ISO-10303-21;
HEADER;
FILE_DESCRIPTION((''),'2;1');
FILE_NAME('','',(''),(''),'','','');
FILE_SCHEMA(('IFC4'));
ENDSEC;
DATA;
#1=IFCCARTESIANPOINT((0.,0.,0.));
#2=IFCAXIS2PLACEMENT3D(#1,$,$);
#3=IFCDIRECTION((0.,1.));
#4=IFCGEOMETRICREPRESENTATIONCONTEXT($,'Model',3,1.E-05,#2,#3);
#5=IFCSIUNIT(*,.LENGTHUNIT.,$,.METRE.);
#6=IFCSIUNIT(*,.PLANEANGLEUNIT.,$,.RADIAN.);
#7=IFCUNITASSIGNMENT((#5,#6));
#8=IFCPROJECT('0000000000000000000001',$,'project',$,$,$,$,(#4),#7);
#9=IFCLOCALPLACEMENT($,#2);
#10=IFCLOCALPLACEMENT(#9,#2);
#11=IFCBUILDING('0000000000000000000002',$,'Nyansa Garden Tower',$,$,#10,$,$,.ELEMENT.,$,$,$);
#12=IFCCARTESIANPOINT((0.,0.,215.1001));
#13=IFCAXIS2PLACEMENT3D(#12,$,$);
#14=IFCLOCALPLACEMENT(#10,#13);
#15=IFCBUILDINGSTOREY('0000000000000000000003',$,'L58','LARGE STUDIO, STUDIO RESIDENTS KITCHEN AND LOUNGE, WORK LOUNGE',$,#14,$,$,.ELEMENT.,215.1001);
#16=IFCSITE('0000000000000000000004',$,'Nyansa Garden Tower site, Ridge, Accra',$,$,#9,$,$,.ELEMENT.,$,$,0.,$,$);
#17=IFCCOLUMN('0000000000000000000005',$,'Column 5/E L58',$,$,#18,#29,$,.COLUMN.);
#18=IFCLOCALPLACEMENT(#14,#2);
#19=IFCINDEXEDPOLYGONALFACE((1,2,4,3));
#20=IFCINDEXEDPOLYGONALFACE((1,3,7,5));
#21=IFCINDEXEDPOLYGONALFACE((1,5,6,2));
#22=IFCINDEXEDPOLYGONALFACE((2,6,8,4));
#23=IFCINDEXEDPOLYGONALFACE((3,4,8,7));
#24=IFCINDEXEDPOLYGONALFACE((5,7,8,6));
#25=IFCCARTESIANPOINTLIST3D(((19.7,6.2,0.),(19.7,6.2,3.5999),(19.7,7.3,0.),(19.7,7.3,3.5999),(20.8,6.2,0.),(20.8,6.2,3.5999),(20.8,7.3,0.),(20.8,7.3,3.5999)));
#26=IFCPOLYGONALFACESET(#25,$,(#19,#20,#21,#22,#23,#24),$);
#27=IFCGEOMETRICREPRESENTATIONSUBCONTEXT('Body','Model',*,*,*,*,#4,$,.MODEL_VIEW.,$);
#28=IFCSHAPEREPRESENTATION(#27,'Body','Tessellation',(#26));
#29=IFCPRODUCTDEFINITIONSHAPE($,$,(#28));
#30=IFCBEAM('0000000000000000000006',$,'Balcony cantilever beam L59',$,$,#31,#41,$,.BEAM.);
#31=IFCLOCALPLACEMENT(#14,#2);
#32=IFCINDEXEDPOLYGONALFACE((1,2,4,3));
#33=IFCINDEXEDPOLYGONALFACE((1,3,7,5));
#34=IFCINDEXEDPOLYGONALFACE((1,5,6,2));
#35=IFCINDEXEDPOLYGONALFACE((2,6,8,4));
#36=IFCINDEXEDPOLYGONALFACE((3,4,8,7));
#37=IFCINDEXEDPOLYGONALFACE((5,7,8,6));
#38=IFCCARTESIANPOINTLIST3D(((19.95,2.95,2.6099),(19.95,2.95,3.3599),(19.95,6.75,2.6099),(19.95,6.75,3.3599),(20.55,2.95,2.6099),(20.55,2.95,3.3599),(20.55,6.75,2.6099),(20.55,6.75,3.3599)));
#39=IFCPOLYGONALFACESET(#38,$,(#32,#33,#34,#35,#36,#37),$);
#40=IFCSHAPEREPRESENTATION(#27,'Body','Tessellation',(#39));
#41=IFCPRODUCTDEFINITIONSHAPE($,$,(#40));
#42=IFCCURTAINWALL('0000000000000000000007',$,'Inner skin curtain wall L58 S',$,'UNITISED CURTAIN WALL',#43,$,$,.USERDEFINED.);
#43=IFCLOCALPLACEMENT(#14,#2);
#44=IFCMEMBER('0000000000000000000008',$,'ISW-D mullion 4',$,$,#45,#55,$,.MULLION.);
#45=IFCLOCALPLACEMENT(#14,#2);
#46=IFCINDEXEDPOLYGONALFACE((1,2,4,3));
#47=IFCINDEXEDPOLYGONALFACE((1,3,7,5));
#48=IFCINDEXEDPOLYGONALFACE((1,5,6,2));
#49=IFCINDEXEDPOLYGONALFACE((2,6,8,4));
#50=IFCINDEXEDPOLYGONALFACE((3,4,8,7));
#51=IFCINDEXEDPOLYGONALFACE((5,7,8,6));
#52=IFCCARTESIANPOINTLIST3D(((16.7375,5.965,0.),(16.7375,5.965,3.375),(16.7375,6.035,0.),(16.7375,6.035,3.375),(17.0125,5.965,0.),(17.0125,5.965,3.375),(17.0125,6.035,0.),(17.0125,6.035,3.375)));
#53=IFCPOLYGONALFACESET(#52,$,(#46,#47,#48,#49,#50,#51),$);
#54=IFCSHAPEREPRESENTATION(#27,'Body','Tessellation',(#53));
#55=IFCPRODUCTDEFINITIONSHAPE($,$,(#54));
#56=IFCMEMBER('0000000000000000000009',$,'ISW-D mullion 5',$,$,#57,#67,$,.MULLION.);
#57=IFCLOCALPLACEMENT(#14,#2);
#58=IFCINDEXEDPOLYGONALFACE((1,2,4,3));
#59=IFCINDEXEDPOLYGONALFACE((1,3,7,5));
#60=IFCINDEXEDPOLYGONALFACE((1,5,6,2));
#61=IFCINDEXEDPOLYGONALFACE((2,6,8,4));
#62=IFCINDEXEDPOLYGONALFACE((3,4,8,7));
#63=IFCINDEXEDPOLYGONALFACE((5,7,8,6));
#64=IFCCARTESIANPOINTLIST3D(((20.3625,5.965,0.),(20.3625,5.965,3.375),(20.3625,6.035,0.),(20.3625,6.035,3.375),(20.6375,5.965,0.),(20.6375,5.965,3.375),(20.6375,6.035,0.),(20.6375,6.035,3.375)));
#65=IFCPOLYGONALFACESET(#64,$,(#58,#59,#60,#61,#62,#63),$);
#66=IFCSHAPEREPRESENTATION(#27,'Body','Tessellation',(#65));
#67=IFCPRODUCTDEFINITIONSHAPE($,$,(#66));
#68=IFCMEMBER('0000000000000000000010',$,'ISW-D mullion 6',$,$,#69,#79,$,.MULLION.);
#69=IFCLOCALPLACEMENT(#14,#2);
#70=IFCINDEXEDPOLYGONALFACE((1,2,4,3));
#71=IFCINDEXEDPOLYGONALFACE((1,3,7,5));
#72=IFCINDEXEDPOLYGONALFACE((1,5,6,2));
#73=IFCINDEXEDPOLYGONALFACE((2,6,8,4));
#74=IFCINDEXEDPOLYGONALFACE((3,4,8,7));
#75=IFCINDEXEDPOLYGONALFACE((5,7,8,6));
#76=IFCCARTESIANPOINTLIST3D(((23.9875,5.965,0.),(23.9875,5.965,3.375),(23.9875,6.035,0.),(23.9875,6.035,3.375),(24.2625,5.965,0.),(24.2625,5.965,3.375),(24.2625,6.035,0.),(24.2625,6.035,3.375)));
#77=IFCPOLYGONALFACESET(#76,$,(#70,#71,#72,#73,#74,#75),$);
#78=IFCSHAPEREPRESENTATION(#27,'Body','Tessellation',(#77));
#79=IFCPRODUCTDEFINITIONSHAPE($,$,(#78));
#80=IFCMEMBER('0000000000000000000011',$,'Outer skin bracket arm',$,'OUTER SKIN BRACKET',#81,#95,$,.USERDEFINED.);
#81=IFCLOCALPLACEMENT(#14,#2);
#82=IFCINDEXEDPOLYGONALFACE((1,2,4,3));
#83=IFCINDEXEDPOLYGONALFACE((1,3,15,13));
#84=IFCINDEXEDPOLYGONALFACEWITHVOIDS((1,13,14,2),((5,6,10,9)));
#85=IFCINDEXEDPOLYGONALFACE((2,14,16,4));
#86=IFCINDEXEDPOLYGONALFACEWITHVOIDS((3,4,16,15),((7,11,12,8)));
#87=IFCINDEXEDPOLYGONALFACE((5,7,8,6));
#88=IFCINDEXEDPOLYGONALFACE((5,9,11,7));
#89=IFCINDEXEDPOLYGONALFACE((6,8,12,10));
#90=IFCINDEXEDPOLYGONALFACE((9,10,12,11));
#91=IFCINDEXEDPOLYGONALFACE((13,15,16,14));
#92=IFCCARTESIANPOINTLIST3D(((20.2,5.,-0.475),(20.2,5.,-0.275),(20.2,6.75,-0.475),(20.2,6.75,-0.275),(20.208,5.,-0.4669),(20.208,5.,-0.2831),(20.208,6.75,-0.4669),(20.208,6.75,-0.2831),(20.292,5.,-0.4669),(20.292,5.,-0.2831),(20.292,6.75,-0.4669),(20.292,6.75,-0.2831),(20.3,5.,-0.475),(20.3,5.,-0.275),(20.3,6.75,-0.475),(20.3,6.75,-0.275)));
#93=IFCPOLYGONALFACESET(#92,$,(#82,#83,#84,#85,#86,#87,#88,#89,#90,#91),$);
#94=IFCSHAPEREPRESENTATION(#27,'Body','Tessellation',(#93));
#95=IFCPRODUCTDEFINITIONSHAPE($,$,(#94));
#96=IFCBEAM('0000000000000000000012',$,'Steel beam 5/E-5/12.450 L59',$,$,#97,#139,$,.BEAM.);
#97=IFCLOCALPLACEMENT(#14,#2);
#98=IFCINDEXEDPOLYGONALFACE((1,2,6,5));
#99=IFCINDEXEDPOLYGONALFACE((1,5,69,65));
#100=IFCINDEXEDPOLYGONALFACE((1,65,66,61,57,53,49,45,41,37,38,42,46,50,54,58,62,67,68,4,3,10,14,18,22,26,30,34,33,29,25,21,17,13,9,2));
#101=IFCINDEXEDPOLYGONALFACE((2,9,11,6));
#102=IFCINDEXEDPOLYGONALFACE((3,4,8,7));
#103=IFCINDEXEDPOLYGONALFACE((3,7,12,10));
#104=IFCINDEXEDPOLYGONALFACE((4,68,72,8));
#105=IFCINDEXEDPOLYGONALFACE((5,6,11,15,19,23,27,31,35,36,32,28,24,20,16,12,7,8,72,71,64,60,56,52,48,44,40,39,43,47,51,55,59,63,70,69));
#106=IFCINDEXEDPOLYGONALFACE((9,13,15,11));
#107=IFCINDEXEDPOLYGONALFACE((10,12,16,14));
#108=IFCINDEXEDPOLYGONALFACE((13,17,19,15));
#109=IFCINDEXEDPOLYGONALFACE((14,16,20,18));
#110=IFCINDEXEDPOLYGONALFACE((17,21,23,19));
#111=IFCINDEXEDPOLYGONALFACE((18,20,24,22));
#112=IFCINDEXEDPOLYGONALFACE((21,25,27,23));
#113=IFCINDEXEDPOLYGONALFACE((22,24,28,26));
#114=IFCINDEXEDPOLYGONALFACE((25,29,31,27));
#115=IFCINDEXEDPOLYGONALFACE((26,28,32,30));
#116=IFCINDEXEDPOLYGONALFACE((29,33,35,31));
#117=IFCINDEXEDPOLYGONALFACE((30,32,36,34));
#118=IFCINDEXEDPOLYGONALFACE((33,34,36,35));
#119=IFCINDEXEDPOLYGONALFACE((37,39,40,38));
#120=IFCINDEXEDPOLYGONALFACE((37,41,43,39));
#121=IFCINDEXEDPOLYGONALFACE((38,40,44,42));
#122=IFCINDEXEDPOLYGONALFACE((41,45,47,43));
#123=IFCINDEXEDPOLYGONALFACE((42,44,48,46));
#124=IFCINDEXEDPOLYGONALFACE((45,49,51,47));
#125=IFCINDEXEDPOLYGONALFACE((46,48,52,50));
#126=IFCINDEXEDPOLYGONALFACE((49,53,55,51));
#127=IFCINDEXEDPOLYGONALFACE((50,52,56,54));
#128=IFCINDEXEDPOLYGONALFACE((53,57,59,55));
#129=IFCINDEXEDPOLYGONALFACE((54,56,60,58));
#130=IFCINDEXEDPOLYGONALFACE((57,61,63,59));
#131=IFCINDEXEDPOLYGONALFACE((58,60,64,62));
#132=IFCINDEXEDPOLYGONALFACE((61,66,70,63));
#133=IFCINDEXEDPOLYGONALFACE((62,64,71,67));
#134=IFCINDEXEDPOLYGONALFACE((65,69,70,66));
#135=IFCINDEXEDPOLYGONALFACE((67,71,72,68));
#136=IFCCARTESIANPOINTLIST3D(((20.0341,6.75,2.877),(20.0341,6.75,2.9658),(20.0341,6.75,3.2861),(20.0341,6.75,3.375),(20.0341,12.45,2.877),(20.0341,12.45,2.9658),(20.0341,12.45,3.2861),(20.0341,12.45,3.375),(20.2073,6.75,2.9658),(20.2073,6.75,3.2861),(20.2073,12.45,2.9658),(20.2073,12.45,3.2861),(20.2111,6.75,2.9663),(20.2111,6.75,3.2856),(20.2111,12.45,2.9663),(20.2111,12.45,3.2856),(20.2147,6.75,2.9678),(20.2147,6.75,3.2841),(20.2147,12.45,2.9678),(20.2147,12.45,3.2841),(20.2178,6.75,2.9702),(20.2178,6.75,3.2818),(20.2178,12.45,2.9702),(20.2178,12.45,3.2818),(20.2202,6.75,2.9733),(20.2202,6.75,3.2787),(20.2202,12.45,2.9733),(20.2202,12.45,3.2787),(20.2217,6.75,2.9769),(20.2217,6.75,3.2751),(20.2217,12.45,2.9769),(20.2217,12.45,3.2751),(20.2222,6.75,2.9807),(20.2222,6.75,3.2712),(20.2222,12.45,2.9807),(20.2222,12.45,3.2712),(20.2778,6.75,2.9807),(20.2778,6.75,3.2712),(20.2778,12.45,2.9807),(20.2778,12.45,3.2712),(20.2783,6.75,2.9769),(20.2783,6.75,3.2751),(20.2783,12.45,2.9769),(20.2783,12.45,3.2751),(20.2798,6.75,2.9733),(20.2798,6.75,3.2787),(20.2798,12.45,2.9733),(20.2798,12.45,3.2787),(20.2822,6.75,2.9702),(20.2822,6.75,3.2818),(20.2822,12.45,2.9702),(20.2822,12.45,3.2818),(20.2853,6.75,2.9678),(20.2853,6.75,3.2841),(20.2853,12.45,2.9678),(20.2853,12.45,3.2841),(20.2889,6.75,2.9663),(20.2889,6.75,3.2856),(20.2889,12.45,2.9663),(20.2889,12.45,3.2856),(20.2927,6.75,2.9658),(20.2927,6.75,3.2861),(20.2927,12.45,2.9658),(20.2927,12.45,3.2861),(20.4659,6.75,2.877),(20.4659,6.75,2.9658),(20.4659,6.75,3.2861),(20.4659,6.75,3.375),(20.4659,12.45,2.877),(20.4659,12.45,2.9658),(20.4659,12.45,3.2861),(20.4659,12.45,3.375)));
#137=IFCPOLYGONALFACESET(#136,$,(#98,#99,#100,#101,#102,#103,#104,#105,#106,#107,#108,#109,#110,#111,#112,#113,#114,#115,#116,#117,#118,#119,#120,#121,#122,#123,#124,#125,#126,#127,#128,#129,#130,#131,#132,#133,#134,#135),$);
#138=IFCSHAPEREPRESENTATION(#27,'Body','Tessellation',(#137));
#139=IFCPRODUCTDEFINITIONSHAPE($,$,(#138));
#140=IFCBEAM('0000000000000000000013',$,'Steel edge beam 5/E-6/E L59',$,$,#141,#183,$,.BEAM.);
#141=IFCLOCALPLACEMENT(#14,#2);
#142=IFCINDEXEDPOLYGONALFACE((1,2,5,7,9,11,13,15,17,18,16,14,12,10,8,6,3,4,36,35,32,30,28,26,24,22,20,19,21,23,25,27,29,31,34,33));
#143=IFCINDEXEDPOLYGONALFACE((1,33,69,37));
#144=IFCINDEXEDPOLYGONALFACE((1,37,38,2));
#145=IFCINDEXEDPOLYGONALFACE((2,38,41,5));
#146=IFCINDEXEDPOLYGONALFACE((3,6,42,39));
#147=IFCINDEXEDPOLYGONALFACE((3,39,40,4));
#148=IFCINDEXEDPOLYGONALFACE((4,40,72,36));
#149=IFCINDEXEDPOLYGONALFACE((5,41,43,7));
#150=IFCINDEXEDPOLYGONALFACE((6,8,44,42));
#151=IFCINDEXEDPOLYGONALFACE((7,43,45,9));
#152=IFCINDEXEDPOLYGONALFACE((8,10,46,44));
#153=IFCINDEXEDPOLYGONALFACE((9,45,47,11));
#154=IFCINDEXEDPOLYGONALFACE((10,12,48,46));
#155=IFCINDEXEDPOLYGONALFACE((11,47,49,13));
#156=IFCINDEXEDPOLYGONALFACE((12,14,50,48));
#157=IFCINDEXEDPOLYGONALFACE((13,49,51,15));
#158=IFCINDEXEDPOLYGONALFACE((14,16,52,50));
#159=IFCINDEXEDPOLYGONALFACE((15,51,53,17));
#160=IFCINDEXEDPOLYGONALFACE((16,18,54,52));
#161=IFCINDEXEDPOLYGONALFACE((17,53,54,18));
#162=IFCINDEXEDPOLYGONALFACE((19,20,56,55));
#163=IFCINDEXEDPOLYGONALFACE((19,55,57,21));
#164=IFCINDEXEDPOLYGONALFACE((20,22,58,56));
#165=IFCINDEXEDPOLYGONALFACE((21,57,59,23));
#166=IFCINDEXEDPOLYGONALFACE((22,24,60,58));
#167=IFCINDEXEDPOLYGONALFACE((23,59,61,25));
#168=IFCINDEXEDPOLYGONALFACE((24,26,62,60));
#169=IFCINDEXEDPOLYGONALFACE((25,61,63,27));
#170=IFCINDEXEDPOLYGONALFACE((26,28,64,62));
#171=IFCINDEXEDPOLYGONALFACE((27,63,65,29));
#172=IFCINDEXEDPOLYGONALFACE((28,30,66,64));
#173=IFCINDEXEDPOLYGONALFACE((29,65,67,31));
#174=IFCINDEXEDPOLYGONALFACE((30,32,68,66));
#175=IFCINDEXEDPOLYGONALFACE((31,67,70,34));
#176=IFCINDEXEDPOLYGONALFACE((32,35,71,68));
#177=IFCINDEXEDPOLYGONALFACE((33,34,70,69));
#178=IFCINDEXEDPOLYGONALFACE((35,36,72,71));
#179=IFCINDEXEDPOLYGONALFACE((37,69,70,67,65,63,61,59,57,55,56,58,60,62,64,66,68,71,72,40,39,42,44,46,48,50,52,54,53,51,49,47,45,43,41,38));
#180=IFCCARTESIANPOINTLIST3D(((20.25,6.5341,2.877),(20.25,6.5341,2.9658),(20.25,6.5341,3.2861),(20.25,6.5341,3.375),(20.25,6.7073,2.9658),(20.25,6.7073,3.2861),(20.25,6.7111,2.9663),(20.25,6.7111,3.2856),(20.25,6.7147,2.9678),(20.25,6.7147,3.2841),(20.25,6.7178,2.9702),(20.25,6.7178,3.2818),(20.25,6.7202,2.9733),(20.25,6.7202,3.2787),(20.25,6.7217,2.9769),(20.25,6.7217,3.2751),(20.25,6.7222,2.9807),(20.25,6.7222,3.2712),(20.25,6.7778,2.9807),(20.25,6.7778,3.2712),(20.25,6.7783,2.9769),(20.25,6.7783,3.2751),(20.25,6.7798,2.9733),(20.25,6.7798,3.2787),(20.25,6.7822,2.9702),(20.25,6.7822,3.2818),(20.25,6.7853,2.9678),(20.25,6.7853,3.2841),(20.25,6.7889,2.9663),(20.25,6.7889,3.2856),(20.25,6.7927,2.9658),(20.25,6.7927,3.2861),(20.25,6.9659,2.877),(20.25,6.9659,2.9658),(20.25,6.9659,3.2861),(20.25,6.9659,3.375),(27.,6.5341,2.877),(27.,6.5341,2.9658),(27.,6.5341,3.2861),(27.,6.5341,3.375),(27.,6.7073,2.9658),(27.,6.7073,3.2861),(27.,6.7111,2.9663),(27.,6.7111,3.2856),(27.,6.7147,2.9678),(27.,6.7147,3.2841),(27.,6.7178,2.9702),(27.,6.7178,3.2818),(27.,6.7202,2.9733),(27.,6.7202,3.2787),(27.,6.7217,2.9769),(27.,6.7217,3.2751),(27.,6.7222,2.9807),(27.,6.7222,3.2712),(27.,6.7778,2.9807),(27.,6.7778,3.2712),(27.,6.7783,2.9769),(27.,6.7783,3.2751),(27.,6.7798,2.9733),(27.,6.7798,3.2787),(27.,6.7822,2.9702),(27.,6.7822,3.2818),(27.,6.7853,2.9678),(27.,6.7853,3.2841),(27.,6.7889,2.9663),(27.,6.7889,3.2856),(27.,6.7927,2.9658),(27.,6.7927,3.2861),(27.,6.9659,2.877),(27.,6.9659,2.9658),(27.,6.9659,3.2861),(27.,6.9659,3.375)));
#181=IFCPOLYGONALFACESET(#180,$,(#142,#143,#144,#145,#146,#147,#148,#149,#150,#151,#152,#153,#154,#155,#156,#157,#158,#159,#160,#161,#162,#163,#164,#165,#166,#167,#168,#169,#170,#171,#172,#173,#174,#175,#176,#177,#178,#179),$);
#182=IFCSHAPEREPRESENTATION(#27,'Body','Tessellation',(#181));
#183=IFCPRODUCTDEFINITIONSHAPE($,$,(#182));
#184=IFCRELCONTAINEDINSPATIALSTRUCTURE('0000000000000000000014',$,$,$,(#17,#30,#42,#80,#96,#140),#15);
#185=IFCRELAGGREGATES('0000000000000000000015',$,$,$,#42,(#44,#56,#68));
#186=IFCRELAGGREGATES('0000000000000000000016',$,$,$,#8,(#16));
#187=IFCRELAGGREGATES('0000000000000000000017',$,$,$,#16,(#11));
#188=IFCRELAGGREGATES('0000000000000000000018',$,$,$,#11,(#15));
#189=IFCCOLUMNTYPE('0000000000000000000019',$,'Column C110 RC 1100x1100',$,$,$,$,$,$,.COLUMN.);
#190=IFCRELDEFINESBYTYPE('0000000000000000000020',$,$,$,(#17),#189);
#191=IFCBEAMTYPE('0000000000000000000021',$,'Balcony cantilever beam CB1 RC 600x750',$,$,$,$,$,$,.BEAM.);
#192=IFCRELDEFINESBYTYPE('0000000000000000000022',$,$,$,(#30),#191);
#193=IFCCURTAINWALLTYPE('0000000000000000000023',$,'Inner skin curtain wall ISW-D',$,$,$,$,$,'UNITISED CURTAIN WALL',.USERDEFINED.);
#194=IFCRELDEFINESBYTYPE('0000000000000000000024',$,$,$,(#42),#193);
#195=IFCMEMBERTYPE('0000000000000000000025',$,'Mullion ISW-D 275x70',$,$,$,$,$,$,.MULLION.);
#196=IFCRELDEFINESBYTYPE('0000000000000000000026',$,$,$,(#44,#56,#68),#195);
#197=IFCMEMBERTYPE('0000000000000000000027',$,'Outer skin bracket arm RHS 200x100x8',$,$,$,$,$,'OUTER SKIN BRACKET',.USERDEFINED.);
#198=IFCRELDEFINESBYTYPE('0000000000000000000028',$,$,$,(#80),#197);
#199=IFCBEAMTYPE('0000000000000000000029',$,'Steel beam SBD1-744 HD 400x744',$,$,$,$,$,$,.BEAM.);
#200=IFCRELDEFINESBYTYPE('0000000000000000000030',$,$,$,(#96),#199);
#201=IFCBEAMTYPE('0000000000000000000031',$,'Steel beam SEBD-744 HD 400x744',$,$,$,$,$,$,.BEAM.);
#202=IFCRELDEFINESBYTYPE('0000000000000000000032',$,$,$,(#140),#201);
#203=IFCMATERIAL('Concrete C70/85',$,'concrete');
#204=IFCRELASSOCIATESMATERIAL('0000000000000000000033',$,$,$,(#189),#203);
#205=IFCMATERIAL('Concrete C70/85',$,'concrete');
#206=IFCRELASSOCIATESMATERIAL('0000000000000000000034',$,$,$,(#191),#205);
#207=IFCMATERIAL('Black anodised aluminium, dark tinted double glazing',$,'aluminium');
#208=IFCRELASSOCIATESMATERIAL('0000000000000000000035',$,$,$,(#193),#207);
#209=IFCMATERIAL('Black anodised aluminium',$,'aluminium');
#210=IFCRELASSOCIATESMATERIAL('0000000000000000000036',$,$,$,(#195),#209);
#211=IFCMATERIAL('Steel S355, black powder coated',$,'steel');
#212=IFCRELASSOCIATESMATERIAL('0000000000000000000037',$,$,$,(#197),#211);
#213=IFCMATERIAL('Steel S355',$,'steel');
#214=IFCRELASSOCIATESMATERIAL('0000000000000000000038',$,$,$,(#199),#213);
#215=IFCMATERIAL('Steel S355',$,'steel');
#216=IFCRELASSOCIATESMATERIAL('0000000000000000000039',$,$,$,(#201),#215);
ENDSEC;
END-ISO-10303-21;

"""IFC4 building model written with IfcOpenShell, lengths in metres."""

from ifc_helpers import new_model, si_unit, direction, frame, origin, origin_2d, place, context, subcontext, project, spatial, rectangle, hollow_rectangle, i_section, extrude, material, material_profile, profile_set, type_object, element, aggregate, save


model = new_model("IFC4")

# Units and contexts
model_context = context("Model", 3, precision=1e-05, world=origin(), true_north=direction((0.0, 1.0)))
body_context = subcontext(model_context, "Body", "Model", "MODEL_VIEW")
ifc_project = project(units=[si_unit("LENGTHUNIT", "METRE"), si_unit("PLANEANGLEUNIT", "RADIAN")], contexts=[model_context])

# Site, building, storey
site_placement = place(None, origin())
site = spatial("IfcSite", under=ifc_project, at=site_placement, Name="Nyansa Garden Tower site, Ridge, Accra", CompositionType="ELEMENT", RefElevation=0.0)
building_placement = place(site_placement, origin())
building = spatial("IfcBuilding", under=site, at=building_placement, Name="Nyansa Garden Tower", CompositionType="ELEMENT")
storey_placement = place(building_placement, frame((0.0, 0.0, 215.1001)))
storey = spatial("IfcBuildingStorey", under=building, at=storey_placement, Name="L58", Description="LARGE STUDIO, STUDIO RESIDENTS KITCHEN AND LOUNGE, WORK LOUNGE", CompositionType="ELEMENT", Elevation=215.1001)

# Column
ifc_material_1 = material(Name="Concrete C70/85", Category="concrete")
ifc_material_profile_1 = material_profile(ifc_material_1, rectangle(XDim=1.1001, YDim=1.1001, at=origin_2d()), Name="RC 1100x1100")
ifc_profile_set_1 = profile_set([ifc_material_profile_1], Name="Concrete C70/85")
column_type = type_object("IfcColumnType", Name="Column C110 RC 1100x1100", PredefinedType="COLUMN", material=ifc_profile_set_1)
column_placement = place(storey_placement, frame((20.25, 6.75, 0.0), z_axis=(0.0, 0.0, 1.0), x_axis=(1.0, 0.0, 0.0)))
element("IfcColumn", 1, at=column_placement, inside=storey, type_object=column_type, Name="Column 5/E L58", PredefinedType="COLUMN", context=body_context, shape_type="SweptSolid", body=[
    extrude(rectangle(XDim=1.1001, YDim=1.1001, at=origin_2d()), origin(), (0.0, 0.0, 1.0), 3.5999),
])

# Beam
ifc_material_2 = material(Name="Concrete C70/85", Category="concrete")
ifc_material_profile_2 = material_profile(ifc_material_2, rectangle(XDim=0.6001, YDim=0.75, at=origin_2d()), Name="RC 600x750")
ifc_profile_set_2 = profile_set([ifc_material_profile_2], Name="Concrete C70/85")
beam_type_1 = type_object("IfcBeamType", Name="Balcony cantilever beam CB1 RC 600x750", PredefinedType="BEAM", material=ifc_profile_set_2)
beam_1_placement = place(storey_placement, frame((20.25, 6.75, 2.9849), z_axis=(0.0, -1.0, 0.0), x_axis=(1.0, 0.0, 0.0)))
element("IfcBeam", 2, at=beam_1_placement, inside=storey, type_object=beam_type_1, Name="Balcony cantilever beam L59", PredefinedType="BEAM", context=body_context, shape_type="SweptSolid", body=[
    extrude(rectangle(XDim=0.6001, YDim=0.75, at=origin_2d()), origin(), (0.0, 0.0, 1.0), 3.8),
])

# Curtain wall, members
ifc_material_3 = material(Name="Black anodised aluminium, dark tinted double glazing", Category="aluminium")
curtain_wall_type = type_object("IfcCurtainWallType", Name="Inner skin curtain wall ISW-D", ElementType="UNITISED CURTAIN WALL", PredefinedType="USERDEFINED", material=ifc_material_3)
curtain_wall_placement = place(storey_placement, origin())
curtain_wall = element("IfcCurtainWall", 3, at=curtain_wall_placement, inside=storey, type_object=curtain_wall_type, Name="Inner skin curtain wall L58 S", ObjectType="UNITISED CURTAIN WALL", PredefinedType="USERDEFINED")
ifc_material_4 = material(Name="Black anodised aluminium", Category="aluminium")
ifc_material_profile_3 = material_profile(ifc_material_4, rectangle(XDim=0.0701, YDim=0.2749, at=origin_2d()), Name="Mullion 275x70")
ifc_profile_set_3 = profile_set([ifc_material_profile_3], Name="Black anodised aluminium")
member_type_1 = type_object("IfcMemberType", Name="Mullion ISW-D 275x70", PredefinedType="MULLION", material=ifc_profile_set_3)
member_1_placement = place(storey_placement, frame((16.875, 6.0, 0.0), z_axis=(0.0, 0.0, 1.0), x_axis=(0.0, 1.0, 0.0)))
member_1 = element("IfcMember", 4, at=member_1_placement, type_object=member_type_1, Name="ISW-D mullion 4", PredefinedType="MULLION", context=body_context, shape_type="SweptSolid", body=[
    extrude(rectangle(XDim=0.0701, YDim=0.2749, at=origin_2d()), origin(), (0.0, 0.0, 1.0), 3.375),
])
member_2_placement = place(storey_placement, frame((20.5, 6.0, 0.0), z_axis=(0.0, 0.0, 1.0), x_axis=(0.0, 1.0, 0.0)))
member_2 = element("IfcMember", 5, at=member_2_placement, type_object=member_type_1, Name="ISW-D mullion 5", PredefinedType="MULLION", context=body_context, shape_type="SweptSolid", body=[
    extrude(rectangle(XDim=0.0701, YDim=0.2749, at=origin_2d()), origin(), (0.0, 0.0, 1.0), 3.375),
])
member_3_placement = place(storey_placement, frame((24.125, 6.0, 0.0), z_axis=(0.0, 0.0, 1.0), x_axis=(0.0, 1.0, 0.0)))
member_3 = element("IfcMember", 6, at=member_3_placement, type_object=member_type_1, Name="ISW-D mullion 6", PredefinedType="MULLION", context=body_context, shape_type="SweptSolid", body=[
    extrude(rectangle(XDim=0.0701, YDim=0.2749, at=origin_2d()), origin(), (0.0, 0.0, 1.0), 3.375),
])

# Member
ifc_material_5 = material(Name="Steel S355, black powder coated", Category="steel")
ifc_material_profile_4 = material_profile(ifc_material_5, hollow_rectangle(XDim=0.1001, YDim=0.2, WallThickness=0.0081, at=origin_2d()), Name="RHS 200x100x8")
ifc_profile_set_4 = profile_set([ifc_material_profile_4], Name="Steel S355, black powder coated")
member_type_2 = type_object("IfcMemberType", Name="Outer skin bracket arm RHS 200x100x8", ElementType="OUTER SKIN BRACKET", PredefinedType="USERDEFINED", material=ifc_profile_set_4)
member_4_placement = place(storey_placement, frame((20.25, 6.75, -0.375), z_axis=(0.0, -1.0, 0.0), x_axis=(1.0, 0.0, 0.0)))
element("IfcMember", 7, at=member_4_placement, inside=storey, type_object=member_type_2, Name="Outer skin bracket arm", ObjectType="OUTER SKIN BRACKET", PredefinedType="USERDEFINED", context=body_context, shape_type="SweptSolid", body=[
    extrude(hollow_rectangle(XDim=0.1001, YDim=0.2, WallThickness=0.0081, at=origin_2d()), origin(), (0.0, 0.0, 1.0), 1.75),
])

# Beams
ifc_material_6 = material(Name="Steel S355", Category="steel")
ifc_material_profile_5 = material_profile(ifc_material_6, i_section(OverallWidth=0.4319, OverallDepth=0.498, WebThickness=0.0557, FlangeThickness=0.0889, FilletRadius=0.0149, at=origin_2d()), Name="HD 400x744")
ifc_profile_set_5 = profile_set([ifc_material_profile_5], Name="Steel S355")
beam_type_2 = type_object("IfcBeamType", Name="Steel beam SBD1-744 HD 400x744", PredefinedType="BEAM", material=ifc_profile_set_5)
beam_2_placement = place(storey_placement, frame((20.25, 6.75, 3.126), z_axis=(0.0, 1.0, 0.0), x_axis=(-1.0, 0.0, 0.0)))
element("IfcBeam", 8, at=beam_2_placement, inside=storey, type_object=beam_type_2, Name="Steel beam 5/E-5/12.450 L59", PredefinedType="BEAM", context=body_context, shape_type="SweptSolid", body=[
    extrude(i_section(OverallWidth=0.4319, OverallDepth=0.498, WebThickness=0.0557, FlangeThickness=0.0889, FilletRadius=0.0149, at=origin_2d()), origin(), (0.0, 0.0, 1.0), 5.7),
])
ifc_material_7 = material(Name="Steel S355", Category="steel")
ifc_material_profile_6 = material_profile(ifc_material_7, i_section(OverallWidth=0.4319, OverallDepth=0.498, WebThickness=0.0557, FlangeThickness=0.0889, FilletRadius=0.0149, at=origin_2d()), Name="HD 400x744")
ifc_profile_set_6 = profile_set([ifc_material_profile_6], Name="Steel S355")
beam_type_3 = type_object("IfcBeamType", Name="Steel beam SEBD-744 HD 400x744", PredefinedType="BEAM", material=ifc_profile_set_6)
beam_3_placement = place(storey_placement, frame((20.25, 6.75, 3.126), z_axis=(1.0, 0.0, 0.0), x_axis=(0.0, 1.0, 0.0)))
element("IfcBeam", 9, at=beam_3_placement, inside=storey, type_object=beam_type_3, Name="Steel edge beam 5/E-6/E L59", PredefinedType="BEAM", context=body_context, shape_type="SweptSolid", body=[
    extrude(i_section(OverallWidth=0.4319, OverallDepth=0.498, WebThickness=0.0557, FlangeThickness=0.0889, FilletRadius=0.0149, at=origin_2d()), origin(), (0.0, 0.0, 1.0), 6.75),
])

aggregate(curtain_wall, [member_1, member_2, member_3])

save(model, "model.ifc")
